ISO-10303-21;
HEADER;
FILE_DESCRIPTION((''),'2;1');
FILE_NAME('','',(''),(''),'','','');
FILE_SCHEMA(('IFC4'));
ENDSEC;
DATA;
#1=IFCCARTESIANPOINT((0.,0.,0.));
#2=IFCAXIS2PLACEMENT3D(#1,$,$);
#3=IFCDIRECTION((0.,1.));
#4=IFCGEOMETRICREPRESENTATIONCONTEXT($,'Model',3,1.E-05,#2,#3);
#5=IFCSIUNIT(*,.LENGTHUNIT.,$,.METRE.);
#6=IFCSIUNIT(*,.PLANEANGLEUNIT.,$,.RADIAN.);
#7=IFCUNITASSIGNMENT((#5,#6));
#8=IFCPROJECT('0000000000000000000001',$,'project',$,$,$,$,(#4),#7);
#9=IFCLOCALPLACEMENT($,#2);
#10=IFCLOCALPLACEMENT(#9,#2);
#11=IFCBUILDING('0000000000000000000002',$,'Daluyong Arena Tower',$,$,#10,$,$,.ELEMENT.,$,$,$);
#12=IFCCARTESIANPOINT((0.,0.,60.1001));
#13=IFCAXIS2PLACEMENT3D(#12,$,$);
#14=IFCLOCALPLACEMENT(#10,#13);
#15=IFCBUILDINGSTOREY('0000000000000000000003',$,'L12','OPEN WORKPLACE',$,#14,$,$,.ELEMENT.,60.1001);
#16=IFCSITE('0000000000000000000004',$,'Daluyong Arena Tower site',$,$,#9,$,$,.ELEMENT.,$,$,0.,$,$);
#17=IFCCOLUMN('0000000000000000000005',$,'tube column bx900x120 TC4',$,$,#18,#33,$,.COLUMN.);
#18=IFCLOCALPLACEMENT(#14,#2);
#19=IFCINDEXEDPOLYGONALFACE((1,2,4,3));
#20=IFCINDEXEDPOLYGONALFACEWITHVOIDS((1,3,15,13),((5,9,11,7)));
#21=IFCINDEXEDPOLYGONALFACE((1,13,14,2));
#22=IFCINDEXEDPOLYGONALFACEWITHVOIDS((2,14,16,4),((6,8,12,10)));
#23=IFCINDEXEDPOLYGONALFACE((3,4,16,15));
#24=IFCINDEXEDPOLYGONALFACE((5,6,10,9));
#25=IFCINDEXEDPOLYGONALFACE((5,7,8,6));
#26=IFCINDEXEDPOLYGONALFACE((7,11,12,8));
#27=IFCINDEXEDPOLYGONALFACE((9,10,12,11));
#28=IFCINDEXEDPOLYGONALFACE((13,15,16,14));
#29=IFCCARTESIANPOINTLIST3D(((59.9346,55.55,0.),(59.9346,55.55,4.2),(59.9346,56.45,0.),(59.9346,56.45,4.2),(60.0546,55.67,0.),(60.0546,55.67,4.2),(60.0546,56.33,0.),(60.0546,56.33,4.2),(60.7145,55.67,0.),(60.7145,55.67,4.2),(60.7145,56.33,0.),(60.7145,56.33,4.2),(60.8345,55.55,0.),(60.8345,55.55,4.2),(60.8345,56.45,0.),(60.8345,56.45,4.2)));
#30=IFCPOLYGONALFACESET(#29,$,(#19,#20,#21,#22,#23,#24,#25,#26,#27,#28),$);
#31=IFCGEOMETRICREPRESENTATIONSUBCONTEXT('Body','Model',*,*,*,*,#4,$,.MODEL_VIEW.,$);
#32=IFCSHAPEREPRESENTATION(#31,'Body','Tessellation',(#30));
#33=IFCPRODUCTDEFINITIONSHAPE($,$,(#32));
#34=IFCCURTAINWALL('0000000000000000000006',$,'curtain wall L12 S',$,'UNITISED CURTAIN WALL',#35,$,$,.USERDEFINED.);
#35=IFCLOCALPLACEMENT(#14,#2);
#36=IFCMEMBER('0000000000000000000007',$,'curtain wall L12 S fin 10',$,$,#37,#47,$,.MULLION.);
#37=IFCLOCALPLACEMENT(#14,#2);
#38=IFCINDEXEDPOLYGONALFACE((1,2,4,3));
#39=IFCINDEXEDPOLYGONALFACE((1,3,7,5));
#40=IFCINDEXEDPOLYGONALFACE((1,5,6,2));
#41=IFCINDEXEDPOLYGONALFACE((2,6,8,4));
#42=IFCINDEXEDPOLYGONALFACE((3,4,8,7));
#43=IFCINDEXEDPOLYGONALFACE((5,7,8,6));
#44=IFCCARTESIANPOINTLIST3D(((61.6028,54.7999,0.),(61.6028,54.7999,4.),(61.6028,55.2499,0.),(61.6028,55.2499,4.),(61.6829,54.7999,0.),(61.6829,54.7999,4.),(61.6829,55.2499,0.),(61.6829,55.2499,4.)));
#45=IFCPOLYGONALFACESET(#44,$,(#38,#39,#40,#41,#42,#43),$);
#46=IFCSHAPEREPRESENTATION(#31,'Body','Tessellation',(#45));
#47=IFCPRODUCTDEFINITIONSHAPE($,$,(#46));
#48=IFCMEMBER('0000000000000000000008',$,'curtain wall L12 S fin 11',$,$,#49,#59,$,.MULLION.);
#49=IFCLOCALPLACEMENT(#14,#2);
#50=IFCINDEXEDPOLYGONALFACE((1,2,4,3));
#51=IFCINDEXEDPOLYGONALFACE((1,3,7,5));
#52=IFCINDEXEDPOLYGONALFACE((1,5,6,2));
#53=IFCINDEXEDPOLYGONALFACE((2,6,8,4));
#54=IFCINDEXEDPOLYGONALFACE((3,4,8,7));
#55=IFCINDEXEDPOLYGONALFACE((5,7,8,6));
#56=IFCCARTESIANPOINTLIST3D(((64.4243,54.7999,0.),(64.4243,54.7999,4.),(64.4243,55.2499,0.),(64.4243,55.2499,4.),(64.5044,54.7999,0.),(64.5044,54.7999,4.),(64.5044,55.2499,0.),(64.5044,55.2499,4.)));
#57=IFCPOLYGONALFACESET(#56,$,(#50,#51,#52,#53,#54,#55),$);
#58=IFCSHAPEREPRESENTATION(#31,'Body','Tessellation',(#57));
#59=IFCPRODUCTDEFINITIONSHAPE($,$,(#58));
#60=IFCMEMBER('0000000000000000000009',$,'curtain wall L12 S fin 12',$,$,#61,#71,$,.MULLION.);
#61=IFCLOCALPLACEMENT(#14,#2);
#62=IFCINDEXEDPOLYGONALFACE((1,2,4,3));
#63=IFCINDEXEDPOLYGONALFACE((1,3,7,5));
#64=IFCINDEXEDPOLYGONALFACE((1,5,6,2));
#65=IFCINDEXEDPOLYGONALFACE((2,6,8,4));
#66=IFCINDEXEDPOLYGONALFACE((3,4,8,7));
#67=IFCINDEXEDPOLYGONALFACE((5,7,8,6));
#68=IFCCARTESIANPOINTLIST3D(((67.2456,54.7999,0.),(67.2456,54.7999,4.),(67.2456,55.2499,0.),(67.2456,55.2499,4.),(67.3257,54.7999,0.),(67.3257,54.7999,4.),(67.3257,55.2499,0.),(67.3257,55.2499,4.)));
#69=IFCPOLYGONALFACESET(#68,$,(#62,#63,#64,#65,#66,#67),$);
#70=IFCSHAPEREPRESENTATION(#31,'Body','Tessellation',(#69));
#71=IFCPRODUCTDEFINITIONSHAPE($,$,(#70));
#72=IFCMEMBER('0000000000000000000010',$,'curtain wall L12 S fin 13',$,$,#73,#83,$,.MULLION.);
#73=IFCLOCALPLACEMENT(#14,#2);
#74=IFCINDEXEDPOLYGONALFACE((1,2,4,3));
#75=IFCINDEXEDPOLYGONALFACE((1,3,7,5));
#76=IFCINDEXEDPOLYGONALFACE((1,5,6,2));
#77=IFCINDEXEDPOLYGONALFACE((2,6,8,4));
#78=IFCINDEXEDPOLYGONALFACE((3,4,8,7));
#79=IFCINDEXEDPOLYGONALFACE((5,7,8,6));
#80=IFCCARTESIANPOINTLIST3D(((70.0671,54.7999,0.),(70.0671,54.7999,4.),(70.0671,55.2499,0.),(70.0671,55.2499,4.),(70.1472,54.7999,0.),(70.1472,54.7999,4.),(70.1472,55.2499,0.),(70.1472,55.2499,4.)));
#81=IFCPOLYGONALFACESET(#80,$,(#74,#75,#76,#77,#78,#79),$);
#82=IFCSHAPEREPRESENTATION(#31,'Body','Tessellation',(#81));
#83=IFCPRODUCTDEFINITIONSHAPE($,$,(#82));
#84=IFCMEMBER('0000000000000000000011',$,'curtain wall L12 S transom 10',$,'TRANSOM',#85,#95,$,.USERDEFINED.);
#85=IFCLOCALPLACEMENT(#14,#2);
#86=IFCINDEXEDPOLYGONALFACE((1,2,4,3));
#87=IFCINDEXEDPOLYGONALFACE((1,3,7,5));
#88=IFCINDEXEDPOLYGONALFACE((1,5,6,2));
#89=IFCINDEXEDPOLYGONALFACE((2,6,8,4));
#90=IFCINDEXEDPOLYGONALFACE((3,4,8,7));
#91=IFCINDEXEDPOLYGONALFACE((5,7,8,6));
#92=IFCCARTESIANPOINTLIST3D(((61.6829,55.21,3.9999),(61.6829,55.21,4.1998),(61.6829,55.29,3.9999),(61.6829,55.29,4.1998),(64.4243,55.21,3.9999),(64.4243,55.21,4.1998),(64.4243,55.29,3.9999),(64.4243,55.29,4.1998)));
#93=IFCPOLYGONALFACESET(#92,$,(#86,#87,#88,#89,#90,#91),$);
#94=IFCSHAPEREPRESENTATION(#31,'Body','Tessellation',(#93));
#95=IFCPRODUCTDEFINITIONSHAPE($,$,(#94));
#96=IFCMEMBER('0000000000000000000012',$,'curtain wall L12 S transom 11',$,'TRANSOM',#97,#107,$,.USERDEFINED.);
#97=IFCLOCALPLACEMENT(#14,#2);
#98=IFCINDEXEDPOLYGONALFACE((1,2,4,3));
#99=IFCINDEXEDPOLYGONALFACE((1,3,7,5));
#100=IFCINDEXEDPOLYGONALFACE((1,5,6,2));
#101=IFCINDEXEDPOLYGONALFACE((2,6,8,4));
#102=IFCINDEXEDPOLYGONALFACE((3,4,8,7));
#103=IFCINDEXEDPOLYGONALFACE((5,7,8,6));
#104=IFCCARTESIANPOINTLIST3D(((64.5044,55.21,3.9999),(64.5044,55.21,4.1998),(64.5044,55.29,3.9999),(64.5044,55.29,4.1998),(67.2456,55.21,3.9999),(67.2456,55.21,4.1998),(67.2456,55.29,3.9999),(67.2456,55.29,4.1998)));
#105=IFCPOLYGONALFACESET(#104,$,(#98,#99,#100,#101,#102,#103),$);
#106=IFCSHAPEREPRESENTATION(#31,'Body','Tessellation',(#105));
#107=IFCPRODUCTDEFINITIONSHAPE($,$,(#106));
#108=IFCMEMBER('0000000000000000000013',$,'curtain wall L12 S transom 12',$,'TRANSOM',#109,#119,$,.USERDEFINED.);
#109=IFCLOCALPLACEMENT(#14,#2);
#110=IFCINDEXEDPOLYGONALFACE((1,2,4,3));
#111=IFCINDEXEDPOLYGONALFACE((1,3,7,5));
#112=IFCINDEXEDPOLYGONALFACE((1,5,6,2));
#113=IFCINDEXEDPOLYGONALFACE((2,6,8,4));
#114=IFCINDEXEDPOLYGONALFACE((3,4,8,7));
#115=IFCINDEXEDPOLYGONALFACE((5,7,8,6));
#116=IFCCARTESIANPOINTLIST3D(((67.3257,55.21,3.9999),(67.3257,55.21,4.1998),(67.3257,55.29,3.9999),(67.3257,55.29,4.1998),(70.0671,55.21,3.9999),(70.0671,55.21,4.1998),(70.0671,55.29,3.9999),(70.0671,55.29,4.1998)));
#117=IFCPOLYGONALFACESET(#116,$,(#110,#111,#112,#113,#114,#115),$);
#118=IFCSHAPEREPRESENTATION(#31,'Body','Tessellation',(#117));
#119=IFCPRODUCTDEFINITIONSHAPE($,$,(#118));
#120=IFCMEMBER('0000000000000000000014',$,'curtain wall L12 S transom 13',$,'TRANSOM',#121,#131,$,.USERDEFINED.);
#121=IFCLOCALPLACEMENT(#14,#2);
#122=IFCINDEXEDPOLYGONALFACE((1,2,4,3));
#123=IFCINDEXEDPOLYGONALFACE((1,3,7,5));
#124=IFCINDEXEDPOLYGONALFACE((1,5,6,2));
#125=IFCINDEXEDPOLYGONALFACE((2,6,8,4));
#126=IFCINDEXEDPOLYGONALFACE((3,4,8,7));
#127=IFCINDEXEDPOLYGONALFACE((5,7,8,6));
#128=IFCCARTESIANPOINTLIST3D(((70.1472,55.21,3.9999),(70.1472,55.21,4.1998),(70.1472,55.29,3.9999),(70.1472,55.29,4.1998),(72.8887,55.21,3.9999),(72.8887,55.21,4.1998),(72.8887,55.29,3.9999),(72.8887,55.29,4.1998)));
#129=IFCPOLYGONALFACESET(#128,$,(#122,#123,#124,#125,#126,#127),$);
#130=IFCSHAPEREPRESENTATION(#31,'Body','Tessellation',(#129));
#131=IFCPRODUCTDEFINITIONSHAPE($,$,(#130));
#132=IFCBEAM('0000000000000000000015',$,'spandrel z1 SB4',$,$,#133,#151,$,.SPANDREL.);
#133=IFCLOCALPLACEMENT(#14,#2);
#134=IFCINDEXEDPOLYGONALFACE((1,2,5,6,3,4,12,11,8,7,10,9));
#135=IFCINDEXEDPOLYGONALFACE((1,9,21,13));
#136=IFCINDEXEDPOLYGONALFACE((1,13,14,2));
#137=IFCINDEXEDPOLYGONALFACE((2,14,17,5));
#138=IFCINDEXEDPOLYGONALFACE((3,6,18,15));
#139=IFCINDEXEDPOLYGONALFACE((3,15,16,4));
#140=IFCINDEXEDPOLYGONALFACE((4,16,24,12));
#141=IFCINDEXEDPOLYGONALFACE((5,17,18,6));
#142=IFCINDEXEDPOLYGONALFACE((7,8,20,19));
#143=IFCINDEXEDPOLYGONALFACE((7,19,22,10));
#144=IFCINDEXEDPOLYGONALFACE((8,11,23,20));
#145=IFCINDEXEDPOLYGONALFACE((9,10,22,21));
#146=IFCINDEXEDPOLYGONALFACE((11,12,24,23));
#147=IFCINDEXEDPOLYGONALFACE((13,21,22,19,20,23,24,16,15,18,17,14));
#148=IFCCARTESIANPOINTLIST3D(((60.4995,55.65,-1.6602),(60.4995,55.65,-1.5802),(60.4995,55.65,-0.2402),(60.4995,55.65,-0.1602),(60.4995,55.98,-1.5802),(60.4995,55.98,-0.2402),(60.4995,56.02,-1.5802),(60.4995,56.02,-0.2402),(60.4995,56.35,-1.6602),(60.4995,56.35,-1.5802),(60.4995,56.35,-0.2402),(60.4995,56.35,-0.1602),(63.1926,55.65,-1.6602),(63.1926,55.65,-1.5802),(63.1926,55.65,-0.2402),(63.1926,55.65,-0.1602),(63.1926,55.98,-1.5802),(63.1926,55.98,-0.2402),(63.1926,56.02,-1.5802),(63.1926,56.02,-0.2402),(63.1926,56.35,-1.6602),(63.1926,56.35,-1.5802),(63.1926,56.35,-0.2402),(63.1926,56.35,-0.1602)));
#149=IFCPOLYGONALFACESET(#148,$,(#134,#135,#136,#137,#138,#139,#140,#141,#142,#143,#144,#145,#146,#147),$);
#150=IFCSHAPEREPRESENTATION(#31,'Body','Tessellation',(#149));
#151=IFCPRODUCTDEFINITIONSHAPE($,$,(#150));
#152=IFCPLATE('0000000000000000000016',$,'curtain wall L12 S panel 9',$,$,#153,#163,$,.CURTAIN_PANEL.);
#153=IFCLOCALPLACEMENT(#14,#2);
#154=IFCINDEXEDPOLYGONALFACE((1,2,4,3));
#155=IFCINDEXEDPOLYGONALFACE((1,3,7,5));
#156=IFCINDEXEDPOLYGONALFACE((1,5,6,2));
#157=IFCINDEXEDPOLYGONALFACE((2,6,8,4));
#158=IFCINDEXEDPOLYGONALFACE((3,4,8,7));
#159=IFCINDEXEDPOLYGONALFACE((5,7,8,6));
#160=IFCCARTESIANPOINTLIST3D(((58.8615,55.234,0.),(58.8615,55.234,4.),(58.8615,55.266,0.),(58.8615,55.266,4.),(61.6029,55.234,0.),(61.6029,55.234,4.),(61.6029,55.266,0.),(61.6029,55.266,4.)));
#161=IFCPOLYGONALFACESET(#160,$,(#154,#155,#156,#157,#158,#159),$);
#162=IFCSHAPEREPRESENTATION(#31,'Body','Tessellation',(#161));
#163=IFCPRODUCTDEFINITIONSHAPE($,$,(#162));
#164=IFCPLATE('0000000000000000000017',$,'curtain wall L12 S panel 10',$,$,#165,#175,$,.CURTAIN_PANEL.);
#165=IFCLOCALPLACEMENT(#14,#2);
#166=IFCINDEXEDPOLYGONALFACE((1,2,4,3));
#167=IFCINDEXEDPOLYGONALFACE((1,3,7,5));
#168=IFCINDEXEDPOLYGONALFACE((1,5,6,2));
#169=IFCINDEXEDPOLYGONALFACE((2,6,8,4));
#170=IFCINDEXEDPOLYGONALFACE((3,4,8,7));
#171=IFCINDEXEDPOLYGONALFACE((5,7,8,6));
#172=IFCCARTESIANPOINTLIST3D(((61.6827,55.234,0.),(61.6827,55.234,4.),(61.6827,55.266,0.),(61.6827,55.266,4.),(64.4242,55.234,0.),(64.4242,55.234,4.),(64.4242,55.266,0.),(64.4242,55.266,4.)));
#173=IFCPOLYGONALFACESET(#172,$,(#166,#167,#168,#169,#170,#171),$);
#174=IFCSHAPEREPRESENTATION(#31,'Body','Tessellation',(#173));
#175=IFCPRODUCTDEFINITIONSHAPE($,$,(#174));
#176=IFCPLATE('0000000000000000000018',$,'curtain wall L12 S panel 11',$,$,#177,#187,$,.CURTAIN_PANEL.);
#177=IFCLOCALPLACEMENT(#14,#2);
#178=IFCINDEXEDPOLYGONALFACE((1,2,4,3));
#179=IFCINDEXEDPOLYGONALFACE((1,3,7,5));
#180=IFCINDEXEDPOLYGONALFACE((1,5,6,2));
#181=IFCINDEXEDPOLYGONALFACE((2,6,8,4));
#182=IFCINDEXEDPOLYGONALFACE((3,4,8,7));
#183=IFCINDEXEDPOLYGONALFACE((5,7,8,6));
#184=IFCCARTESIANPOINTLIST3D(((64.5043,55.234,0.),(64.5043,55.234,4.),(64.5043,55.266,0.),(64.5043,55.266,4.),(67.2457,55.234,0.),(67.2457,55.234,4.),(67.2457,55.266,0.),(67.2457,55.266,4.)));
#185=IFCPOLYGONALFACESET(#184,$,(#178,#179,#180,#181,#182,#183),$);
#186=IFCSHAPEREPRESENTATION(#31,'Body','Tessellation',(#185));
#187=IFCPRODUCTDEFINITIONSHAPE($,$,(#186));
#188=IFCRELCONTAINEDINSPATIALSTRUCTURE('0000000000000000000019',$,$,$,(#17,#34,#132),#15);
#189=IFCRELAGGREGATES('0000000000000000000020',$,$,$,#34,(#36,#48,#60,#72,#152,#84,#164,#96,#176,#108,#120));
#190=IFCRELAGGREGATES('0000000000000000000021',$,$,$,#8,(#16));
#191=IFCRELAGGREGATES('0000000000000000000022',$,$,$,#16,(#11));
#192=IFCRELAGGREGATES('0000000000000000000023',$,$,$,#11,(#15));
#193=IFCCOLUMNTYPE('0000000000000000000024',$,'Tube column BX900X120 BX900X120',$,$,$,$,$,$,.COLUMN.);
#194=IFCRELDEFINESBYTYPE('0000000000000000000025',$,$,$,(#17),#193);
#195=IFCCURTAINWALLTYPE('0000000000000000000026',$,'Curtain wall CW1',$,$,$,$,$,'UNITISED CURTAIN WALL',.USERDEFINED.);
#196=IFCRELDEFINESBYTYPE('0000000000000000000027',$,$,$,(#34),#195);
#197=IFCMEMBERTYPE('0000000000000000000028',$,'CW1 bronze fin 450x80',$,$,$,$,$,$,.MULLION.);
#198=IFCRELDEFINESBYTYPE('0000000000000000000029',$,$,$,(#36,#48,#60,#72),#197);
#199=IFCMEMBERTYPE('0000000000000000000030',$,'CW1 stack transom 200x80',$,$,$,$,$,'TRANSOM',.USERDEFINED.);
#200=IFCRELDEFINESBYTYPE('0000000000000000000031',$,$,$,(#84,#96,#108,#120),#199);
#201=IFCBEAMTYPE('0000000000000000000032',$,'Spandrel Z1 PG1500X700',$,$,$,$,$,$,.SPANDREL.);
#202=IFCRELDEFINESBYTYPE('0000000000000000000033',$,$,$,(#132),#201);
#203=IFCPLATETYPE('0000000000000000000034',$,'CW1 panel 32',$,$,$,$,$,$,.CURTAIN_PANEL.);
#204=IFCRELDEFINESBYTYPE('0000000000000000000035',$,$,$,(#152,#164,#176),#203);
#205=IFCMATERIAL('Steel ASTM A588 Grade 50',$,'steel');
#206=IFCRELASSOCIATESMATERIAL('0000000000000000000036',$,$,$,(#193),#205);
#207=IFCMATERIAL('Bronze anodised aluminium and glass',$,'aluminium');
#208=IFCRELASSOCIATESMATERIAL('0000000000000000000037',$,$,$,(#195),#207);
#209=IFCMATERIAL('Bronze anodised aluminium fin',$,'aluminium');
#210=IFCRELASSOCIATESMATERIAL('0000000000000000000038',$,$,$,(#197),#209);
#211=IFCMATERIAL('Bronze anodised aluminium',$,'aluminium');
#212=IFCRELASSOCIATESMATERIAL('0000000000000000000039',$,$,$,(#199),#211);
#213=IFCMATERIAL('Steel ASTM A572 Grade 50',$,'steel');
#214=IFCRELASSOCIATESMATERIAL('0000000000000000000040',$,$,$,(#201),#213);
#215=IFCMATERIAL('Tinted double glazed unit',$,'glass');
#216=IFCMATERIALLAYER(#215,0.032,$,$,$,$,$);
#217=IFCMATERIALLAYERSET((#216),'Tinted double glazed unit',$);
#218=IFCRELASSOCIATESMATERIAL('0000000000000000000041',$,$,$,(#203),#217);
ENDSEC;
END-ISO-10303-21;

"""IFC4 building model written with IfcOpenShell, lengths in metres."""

from ifc_helpers import new_model, si_unit, direction, frame, origin, origin_2d, place, context, subcontext, project, spatial, rectangle, hollow_rectangle, i_section, extrude, material, layer, layer_set, material_profile, profile_set, type_object, element, aggregate, save


model = new_model("IFC4")

# Units and contexts
model_context = context("Model", 3, precision=1e-05, world=origin(), true_north=direction((0.0, 1.0)))
body_context = subcontext(model_context, "Body", "Model", "MODEL_VIEW")
ifc_project = project(units=[si_unit("LENGTHUNIT", "METRE"), si_unit("PLANEANGLEUNIT", "RADIAN")], contexts=[model_context])

# Site, building, storey
site_placement = place(None, origin())
site = spatial("IfcSite", under=ifc_project, at=site_placement, Name="Daluyong Arena Tower site", CompositionType="ELEMENT", RefElevation=0.0)
building_placement = place(site_placement, origin())
building = spatial("IfcBuilding", under=site, at=building_placement, Name="Daluyong Arena Tower", CompositionType="ELEMENT")
storey_placement = place(building_placement, frame((0.0, 0.0, 60.1001)))
storey = spatial("IfcBuildingStorey", under=building, at=storey_placement, Name="L12", Description="OPEN WORKPLACE", CompositionType="ELEMENT", Elevation=60.1001)

# Column
ifc_material_1 = material(Name="Steel ASTM A588 Grade 50", Category="steel")
ifc_material_profile_1 = material_profile(ifc_material_1, hollow_rectangle(XDim=0.8999, YDim=0.8999, WallThickness=0.12, at=origin_2d()))
ifc_profile_set_1 = profile_set([ifc_material_profile_1], Name="Steel ASTM A588 Grade 50")
column_type = type_object("IfcColumnType", Name="Tube column BX900X120 BX900X120", PredefinedType="COLUMN", material=ifc_profile_set_1)
column_placement = place(storey_placement, frame((60.3845, 56.0, 0.0), z_axis=(0.0, 0.0, 1.0), x_axis=(1.0, 0.0, 0.0)))
element("IfcColumn", 1, at=column_placement, inside=storey, type_object=column_type, Name="tube column bx900x120 TC4", PredefinedType="COLUMN", context=body_context, shape_type="SweptSolid", body=[
    extrude(hollow_rectangle(XDim=0.8999, YDim=0.8999, WallThickness=0.12, at=origin_2d()), origin(), (0.0, 0.0, 1.0), 4.2),
])

# Curtain wall, members
ifc_material_2 = material(Name="Bronze anodised aluminium and glass", Category="aluminium")
curtain_wall_type = type_object("IfcCurtainWallType", Name="Curtain wall CW1", ElementType="UNITISED CURTAIN WALL", PredefinedType="USERDEFINED", material=ifc_material_2)
curtain_wall_placement = place(storey_placement, origin())
curtain_wall = element("IfcCurtainWall", 2, at=curtain_wall_placement, inside=storey, type_object=curtain_wall_type, Name="curtain wall L12 S", ObjectType="UNITISED CURTAIN WALL", PredefinedType="USERDEFINED")
ifc_material_3 = material(Name="Bronze anodised aluminium fin", Category="aluminium")
ifc_material_profile_2 = material_profile(ifc_material_3, rectangle(XDim=0.45, YDim=0.0801, at=origin_2d()))
ifc_profile_set_2 = profile_set([ifc_material_profile_2], Name="Bronze anodised aluminium fin")
member_type_1 = type_object("IfcMemberType", Name="CW1 bronze fin 450x80", PredefinedType="MULLION", material=ifc_profile_set_2)
member_1_placement = place(storey_placement, frame((61.6428, 55.0249, 0.0), z_axis=(0.0, 0.0, 1.0), x_axis=(0.0, 1.0, 0.0)))
member_1 = element("IfcMember", 3, at=member_1_placement, type_object=member_type_1, Name="curtain wall L12 S fin 10", PredefinedType="MULLION", context=body_context, shape_type="SweptSolid", body=[
    extrude(rectangle(XDim=0.45, YDim=0.0801, at=origin_2d()), origin(), (0.0, 0.0, 1.0), 4.0),
])
member_2_placement = place(storey_placement, frame((64.4644, 55.0249, 0.0), z_axis=(0.0, 0.0, 1.0), x_axis=(0.0, 1.0, 0.0)))
member_2 = element("IfcMember", 4, at=member_2_placement, type_object=member_type_1, Name="curtain wall L12 S fin 11", PredefinedType="MULLION", context=body_context, shape_type="SweptSolid", body=[
    extrude(rectangle(XDim=0.45, YDim=0.0801, at=origin_2d()), origin(), (0.0, 0.0, 1.0), 4.0),
])
member_3_placement = place(storey_placement, frame((67.2856, 55.0249, 0.0), z_axis=(0.0, 0.0, 1.0), x_axis=(0.0, 1.0, 0.0)))
member_3 = element("IfcMember", 5, at=member_3_placement, type_object=member_type_1, Name="curtain wall L12 S fin 12", PredefinedType="MULLION", context=body_context, shape_type="SweptSolid", body=[
    extrude(rectangle(XDim=0.45, YDim=0.0801, at=origin_2d()), origin(), (0.0, 0.0, 1.0), 4.0),
])
member_4_placement = place(storey_placement, frame((70.1072, 55.0249, 0.0), z_axis=(0.0, 0.0, 1.0), x_axis=(0.0, 1.0, 0.0)))
member_4 = element("IfcMember", 6, at=member_4_placement, type_object=member_type_1, Name="curtain wall L12 S fin 13", PredefinedType="MULLION", context=body_context, shape_type="SweptSolid", body=[
    extrude(rectangle(XDim=0.45, YDim=0.0801, at=origin_2d()), origin(), (0.0, 0.0, 1.0), 4.0),
])
ifc_material_4 = material(Name="Bronze anodised aluminium", Category="aluminium")
ifc_material_profile_3 = material_profile(ifc_material_4, rectangle(XDim=0.0801, YDim=0.2, at=origin_2d()))
ifc_profile_set_3 = profile_set([ifc_material_profile_3], Name="Bronze anodised aluminium")
member_type_2 = type_object("IfcMemberType", Name="CW1 stack transom 200x80", ElementType="TRANSOM", PredefinedType="USERDEFINED", material=ifc_profile_set_3)
member_5_placement = place(storey_placement, frame((61.6829, 55.25, 4.0999), z_axis=(1.0, 0.0, 0.0), x_axis=(0.0, 1.0, 0.0)))
member_5 = element("IfcMember", 7, at=member_5_placement, type_object=member_type_2, Name="curtain wall L12 S transom 10", ObjectType="TRANSOM", PredefinedType="USERDEFINED", context=body_context, shape_type="SweptSolid", body=[
    extrude(rectangle(XDim=0.0801, YDim=0.2, at=origin_2d()), origin(), (0.0, 0.0, 1.0), 2.7415),
])
member_6_placement = place(storey_placement, frame((64.5044, 55.25, 4.0999), z_axis=(1.0, 0.0, 0.0), x_axis=(0.0, 1.0, 0.0)))
member_6 = element("IfcMember", 8, at=member_6_placement, type_object=member_type_2, Name="curtain wall L12 S transom 11", ObjectType="TRANSOM", PredefinedType="USERDEFINED", context=body_context, shape_type="SweptSolid", body=[
    extrude(rectangle(XDim=0.0801, YDim=0.2, at=origin_2d()), origin(), (0.0, 0.0, 1.0), 2.7412),
])
member_7_placement = place(storey_placement, frame((67.3257, 55.25, 4.0999), z_axis=(1.0, 0.0, 0.0), x_axis=(0.0, 1.0, 0.0)))
member_7 = element("IfcMember", 9, at=member_7_placement, type_object=member_type_2, Name="curtain wall L12 S transom 12", ObjectType="TRANSOM", PredefinedType="USERDEFINED", context=body_context, shape_type="SweptSolid", body=[
    extrude(rectangle(XDim=0.0801, YDim=0.2, at=origin_2d()), origin(), (0.0, 0.0, 1.0), 2.7415),
])
member_8_placement = place(storey_placement, frame((70.1472, 55.25, 4.0999), z_axis=(1.0, 0.0, 0.0), x_axis=(0.0, 1.0, 0.0)))
member_8 = element("IfcMember", 10, at=member_8_placement, type_object=member_type_2, Name="curtain wall L12 S transom 13", ObjectType="TRANSOM", PredefinedType="USERDEFINED", context=body_context, shape_type="SweptSolid", body=[
    extrude(rectangle(XDim=0.0801, YDim=0.2, at=origin_2d()), origin(), (0.0, 0.0, 1.0), 2.7415),
])

# Beam
ifc_material_5 = material(Name="Steel ASTM A572 Grade 50", Category="steel")
ifc_material_profile_4 = material_profile(ifc_material_5, i_section(OverallWidth=0.7, OverallDepth=1.5, WebThickness=0.04, FlangeThickness=0.08, at=origin_2d()))
ifc_profile_set_4 = profile_set([ifc_material_profile_4], Name="Steel ASTM A572 Grade 50")
beam_type = type_object("IfcBeamType", Name="Spandrel Z1 PG1500X700", PredefinedType="SPANDREL", material=ifc_profile_set_4)
beam_placement = place(storey_placement, frame((60.4995, 56.0, -0.9102), z_axis=(1.0, 0.0, 0.0), x_axis=(0.0, 1.0, 0.0)))
element("IfcBeam", 11, at=beam_placement, inside=storey, type_object=beam_type, Name="spandrel z1 SB4", PredefinedType="SPANDREL", context=body_context, shape_type="SweptSolid", body=[
    extrude(i_section(OverallWidth=0.7, OverallDepth=1.5, WebThickness=0.04, FlangeThickness=0.08, at=origin_2d()), origin(), (0.0, 0.0, 1.0), 2.6931),
])

# Plates
ifc_material_6 = material(Name="Tinted double glazed unit", Category="glass")
ifc_layer = layer(ifc_material_6, 0.032)
ifc_layer_set = layer_set([ifc_layer], Name="Tinted double glazed unit")
plate_type = type_object("IfcPlateType", Name="CW1 panel 32", PredefinedType="CURTAIN_PANEL", material=ifc_layer_set)
plate_1_placement = place(storey_placement, frame((60.2322, 55.25, 0.0), z_axis=(0.0, 0.0, 1.0), x_axis=(1.0, 0.0, 0.0)))
plate_1 = element("IfcPlate", 12, at=plate_1_placement, type_object=plate_type, Name="curtain wall L12 S panel 9", PredefinedType="CURTAIN_PANEL", context=body_context, shape_type="SweptSolid", body=[
    extrude(rectangle(XDim=2.7415, YDim=0.032, at=origin_2d()), origin(), (0.0, 0.0, 1.0), 4.0),
])
plate_2_placement = place(storey_placement, frame((63.0535, 55.25, 0.0), z_axis=(0.0, 0.0, 1.0), x_axis=(1.0, 0.0, 0.0)))
plate_2 = element("IfcPlate", 13, at=plate_2_placement, type_object=plate_type, Name="curtain wall L12 S panel 10", PredefinedType="CURTAIN_PANEL", context=body_context, shape_type="SweptSolid", body=[
    extrude(rectangle(XDim=2.7415, YDim=0.032, at=origin_2d()), origin(), (0.0, 0.0, 1.0), 4.0),
])
plate_3_placement = place(storey_placement, frame((65.875, 55.25, 0.0), z_axis=(0.0, 0.0, 1.0), x_axis=(1.0, 0.0, 0.0)))
plate_3 = element("IfcPlate", 14, at=plate_3_placement, type_object=plate_type, Name="curtain wall L12 S panel 11", PredefinedType="CURTAIN_PANEL", context=body_context, shape_type="SweptSolid", body=[
    extrude(rectangle(XDim=2.7415, YDim=0.032, at=origin_2d()), origin(), (0.0, 0.0, 1.0), 4.0),
])
aggregate(curtain_wall, [member_1, member_2, member_3, member_4, plate_1, member_5, plate_2, member_6, plate_3, member_7, member_8])

save(model, "model.ifc")
